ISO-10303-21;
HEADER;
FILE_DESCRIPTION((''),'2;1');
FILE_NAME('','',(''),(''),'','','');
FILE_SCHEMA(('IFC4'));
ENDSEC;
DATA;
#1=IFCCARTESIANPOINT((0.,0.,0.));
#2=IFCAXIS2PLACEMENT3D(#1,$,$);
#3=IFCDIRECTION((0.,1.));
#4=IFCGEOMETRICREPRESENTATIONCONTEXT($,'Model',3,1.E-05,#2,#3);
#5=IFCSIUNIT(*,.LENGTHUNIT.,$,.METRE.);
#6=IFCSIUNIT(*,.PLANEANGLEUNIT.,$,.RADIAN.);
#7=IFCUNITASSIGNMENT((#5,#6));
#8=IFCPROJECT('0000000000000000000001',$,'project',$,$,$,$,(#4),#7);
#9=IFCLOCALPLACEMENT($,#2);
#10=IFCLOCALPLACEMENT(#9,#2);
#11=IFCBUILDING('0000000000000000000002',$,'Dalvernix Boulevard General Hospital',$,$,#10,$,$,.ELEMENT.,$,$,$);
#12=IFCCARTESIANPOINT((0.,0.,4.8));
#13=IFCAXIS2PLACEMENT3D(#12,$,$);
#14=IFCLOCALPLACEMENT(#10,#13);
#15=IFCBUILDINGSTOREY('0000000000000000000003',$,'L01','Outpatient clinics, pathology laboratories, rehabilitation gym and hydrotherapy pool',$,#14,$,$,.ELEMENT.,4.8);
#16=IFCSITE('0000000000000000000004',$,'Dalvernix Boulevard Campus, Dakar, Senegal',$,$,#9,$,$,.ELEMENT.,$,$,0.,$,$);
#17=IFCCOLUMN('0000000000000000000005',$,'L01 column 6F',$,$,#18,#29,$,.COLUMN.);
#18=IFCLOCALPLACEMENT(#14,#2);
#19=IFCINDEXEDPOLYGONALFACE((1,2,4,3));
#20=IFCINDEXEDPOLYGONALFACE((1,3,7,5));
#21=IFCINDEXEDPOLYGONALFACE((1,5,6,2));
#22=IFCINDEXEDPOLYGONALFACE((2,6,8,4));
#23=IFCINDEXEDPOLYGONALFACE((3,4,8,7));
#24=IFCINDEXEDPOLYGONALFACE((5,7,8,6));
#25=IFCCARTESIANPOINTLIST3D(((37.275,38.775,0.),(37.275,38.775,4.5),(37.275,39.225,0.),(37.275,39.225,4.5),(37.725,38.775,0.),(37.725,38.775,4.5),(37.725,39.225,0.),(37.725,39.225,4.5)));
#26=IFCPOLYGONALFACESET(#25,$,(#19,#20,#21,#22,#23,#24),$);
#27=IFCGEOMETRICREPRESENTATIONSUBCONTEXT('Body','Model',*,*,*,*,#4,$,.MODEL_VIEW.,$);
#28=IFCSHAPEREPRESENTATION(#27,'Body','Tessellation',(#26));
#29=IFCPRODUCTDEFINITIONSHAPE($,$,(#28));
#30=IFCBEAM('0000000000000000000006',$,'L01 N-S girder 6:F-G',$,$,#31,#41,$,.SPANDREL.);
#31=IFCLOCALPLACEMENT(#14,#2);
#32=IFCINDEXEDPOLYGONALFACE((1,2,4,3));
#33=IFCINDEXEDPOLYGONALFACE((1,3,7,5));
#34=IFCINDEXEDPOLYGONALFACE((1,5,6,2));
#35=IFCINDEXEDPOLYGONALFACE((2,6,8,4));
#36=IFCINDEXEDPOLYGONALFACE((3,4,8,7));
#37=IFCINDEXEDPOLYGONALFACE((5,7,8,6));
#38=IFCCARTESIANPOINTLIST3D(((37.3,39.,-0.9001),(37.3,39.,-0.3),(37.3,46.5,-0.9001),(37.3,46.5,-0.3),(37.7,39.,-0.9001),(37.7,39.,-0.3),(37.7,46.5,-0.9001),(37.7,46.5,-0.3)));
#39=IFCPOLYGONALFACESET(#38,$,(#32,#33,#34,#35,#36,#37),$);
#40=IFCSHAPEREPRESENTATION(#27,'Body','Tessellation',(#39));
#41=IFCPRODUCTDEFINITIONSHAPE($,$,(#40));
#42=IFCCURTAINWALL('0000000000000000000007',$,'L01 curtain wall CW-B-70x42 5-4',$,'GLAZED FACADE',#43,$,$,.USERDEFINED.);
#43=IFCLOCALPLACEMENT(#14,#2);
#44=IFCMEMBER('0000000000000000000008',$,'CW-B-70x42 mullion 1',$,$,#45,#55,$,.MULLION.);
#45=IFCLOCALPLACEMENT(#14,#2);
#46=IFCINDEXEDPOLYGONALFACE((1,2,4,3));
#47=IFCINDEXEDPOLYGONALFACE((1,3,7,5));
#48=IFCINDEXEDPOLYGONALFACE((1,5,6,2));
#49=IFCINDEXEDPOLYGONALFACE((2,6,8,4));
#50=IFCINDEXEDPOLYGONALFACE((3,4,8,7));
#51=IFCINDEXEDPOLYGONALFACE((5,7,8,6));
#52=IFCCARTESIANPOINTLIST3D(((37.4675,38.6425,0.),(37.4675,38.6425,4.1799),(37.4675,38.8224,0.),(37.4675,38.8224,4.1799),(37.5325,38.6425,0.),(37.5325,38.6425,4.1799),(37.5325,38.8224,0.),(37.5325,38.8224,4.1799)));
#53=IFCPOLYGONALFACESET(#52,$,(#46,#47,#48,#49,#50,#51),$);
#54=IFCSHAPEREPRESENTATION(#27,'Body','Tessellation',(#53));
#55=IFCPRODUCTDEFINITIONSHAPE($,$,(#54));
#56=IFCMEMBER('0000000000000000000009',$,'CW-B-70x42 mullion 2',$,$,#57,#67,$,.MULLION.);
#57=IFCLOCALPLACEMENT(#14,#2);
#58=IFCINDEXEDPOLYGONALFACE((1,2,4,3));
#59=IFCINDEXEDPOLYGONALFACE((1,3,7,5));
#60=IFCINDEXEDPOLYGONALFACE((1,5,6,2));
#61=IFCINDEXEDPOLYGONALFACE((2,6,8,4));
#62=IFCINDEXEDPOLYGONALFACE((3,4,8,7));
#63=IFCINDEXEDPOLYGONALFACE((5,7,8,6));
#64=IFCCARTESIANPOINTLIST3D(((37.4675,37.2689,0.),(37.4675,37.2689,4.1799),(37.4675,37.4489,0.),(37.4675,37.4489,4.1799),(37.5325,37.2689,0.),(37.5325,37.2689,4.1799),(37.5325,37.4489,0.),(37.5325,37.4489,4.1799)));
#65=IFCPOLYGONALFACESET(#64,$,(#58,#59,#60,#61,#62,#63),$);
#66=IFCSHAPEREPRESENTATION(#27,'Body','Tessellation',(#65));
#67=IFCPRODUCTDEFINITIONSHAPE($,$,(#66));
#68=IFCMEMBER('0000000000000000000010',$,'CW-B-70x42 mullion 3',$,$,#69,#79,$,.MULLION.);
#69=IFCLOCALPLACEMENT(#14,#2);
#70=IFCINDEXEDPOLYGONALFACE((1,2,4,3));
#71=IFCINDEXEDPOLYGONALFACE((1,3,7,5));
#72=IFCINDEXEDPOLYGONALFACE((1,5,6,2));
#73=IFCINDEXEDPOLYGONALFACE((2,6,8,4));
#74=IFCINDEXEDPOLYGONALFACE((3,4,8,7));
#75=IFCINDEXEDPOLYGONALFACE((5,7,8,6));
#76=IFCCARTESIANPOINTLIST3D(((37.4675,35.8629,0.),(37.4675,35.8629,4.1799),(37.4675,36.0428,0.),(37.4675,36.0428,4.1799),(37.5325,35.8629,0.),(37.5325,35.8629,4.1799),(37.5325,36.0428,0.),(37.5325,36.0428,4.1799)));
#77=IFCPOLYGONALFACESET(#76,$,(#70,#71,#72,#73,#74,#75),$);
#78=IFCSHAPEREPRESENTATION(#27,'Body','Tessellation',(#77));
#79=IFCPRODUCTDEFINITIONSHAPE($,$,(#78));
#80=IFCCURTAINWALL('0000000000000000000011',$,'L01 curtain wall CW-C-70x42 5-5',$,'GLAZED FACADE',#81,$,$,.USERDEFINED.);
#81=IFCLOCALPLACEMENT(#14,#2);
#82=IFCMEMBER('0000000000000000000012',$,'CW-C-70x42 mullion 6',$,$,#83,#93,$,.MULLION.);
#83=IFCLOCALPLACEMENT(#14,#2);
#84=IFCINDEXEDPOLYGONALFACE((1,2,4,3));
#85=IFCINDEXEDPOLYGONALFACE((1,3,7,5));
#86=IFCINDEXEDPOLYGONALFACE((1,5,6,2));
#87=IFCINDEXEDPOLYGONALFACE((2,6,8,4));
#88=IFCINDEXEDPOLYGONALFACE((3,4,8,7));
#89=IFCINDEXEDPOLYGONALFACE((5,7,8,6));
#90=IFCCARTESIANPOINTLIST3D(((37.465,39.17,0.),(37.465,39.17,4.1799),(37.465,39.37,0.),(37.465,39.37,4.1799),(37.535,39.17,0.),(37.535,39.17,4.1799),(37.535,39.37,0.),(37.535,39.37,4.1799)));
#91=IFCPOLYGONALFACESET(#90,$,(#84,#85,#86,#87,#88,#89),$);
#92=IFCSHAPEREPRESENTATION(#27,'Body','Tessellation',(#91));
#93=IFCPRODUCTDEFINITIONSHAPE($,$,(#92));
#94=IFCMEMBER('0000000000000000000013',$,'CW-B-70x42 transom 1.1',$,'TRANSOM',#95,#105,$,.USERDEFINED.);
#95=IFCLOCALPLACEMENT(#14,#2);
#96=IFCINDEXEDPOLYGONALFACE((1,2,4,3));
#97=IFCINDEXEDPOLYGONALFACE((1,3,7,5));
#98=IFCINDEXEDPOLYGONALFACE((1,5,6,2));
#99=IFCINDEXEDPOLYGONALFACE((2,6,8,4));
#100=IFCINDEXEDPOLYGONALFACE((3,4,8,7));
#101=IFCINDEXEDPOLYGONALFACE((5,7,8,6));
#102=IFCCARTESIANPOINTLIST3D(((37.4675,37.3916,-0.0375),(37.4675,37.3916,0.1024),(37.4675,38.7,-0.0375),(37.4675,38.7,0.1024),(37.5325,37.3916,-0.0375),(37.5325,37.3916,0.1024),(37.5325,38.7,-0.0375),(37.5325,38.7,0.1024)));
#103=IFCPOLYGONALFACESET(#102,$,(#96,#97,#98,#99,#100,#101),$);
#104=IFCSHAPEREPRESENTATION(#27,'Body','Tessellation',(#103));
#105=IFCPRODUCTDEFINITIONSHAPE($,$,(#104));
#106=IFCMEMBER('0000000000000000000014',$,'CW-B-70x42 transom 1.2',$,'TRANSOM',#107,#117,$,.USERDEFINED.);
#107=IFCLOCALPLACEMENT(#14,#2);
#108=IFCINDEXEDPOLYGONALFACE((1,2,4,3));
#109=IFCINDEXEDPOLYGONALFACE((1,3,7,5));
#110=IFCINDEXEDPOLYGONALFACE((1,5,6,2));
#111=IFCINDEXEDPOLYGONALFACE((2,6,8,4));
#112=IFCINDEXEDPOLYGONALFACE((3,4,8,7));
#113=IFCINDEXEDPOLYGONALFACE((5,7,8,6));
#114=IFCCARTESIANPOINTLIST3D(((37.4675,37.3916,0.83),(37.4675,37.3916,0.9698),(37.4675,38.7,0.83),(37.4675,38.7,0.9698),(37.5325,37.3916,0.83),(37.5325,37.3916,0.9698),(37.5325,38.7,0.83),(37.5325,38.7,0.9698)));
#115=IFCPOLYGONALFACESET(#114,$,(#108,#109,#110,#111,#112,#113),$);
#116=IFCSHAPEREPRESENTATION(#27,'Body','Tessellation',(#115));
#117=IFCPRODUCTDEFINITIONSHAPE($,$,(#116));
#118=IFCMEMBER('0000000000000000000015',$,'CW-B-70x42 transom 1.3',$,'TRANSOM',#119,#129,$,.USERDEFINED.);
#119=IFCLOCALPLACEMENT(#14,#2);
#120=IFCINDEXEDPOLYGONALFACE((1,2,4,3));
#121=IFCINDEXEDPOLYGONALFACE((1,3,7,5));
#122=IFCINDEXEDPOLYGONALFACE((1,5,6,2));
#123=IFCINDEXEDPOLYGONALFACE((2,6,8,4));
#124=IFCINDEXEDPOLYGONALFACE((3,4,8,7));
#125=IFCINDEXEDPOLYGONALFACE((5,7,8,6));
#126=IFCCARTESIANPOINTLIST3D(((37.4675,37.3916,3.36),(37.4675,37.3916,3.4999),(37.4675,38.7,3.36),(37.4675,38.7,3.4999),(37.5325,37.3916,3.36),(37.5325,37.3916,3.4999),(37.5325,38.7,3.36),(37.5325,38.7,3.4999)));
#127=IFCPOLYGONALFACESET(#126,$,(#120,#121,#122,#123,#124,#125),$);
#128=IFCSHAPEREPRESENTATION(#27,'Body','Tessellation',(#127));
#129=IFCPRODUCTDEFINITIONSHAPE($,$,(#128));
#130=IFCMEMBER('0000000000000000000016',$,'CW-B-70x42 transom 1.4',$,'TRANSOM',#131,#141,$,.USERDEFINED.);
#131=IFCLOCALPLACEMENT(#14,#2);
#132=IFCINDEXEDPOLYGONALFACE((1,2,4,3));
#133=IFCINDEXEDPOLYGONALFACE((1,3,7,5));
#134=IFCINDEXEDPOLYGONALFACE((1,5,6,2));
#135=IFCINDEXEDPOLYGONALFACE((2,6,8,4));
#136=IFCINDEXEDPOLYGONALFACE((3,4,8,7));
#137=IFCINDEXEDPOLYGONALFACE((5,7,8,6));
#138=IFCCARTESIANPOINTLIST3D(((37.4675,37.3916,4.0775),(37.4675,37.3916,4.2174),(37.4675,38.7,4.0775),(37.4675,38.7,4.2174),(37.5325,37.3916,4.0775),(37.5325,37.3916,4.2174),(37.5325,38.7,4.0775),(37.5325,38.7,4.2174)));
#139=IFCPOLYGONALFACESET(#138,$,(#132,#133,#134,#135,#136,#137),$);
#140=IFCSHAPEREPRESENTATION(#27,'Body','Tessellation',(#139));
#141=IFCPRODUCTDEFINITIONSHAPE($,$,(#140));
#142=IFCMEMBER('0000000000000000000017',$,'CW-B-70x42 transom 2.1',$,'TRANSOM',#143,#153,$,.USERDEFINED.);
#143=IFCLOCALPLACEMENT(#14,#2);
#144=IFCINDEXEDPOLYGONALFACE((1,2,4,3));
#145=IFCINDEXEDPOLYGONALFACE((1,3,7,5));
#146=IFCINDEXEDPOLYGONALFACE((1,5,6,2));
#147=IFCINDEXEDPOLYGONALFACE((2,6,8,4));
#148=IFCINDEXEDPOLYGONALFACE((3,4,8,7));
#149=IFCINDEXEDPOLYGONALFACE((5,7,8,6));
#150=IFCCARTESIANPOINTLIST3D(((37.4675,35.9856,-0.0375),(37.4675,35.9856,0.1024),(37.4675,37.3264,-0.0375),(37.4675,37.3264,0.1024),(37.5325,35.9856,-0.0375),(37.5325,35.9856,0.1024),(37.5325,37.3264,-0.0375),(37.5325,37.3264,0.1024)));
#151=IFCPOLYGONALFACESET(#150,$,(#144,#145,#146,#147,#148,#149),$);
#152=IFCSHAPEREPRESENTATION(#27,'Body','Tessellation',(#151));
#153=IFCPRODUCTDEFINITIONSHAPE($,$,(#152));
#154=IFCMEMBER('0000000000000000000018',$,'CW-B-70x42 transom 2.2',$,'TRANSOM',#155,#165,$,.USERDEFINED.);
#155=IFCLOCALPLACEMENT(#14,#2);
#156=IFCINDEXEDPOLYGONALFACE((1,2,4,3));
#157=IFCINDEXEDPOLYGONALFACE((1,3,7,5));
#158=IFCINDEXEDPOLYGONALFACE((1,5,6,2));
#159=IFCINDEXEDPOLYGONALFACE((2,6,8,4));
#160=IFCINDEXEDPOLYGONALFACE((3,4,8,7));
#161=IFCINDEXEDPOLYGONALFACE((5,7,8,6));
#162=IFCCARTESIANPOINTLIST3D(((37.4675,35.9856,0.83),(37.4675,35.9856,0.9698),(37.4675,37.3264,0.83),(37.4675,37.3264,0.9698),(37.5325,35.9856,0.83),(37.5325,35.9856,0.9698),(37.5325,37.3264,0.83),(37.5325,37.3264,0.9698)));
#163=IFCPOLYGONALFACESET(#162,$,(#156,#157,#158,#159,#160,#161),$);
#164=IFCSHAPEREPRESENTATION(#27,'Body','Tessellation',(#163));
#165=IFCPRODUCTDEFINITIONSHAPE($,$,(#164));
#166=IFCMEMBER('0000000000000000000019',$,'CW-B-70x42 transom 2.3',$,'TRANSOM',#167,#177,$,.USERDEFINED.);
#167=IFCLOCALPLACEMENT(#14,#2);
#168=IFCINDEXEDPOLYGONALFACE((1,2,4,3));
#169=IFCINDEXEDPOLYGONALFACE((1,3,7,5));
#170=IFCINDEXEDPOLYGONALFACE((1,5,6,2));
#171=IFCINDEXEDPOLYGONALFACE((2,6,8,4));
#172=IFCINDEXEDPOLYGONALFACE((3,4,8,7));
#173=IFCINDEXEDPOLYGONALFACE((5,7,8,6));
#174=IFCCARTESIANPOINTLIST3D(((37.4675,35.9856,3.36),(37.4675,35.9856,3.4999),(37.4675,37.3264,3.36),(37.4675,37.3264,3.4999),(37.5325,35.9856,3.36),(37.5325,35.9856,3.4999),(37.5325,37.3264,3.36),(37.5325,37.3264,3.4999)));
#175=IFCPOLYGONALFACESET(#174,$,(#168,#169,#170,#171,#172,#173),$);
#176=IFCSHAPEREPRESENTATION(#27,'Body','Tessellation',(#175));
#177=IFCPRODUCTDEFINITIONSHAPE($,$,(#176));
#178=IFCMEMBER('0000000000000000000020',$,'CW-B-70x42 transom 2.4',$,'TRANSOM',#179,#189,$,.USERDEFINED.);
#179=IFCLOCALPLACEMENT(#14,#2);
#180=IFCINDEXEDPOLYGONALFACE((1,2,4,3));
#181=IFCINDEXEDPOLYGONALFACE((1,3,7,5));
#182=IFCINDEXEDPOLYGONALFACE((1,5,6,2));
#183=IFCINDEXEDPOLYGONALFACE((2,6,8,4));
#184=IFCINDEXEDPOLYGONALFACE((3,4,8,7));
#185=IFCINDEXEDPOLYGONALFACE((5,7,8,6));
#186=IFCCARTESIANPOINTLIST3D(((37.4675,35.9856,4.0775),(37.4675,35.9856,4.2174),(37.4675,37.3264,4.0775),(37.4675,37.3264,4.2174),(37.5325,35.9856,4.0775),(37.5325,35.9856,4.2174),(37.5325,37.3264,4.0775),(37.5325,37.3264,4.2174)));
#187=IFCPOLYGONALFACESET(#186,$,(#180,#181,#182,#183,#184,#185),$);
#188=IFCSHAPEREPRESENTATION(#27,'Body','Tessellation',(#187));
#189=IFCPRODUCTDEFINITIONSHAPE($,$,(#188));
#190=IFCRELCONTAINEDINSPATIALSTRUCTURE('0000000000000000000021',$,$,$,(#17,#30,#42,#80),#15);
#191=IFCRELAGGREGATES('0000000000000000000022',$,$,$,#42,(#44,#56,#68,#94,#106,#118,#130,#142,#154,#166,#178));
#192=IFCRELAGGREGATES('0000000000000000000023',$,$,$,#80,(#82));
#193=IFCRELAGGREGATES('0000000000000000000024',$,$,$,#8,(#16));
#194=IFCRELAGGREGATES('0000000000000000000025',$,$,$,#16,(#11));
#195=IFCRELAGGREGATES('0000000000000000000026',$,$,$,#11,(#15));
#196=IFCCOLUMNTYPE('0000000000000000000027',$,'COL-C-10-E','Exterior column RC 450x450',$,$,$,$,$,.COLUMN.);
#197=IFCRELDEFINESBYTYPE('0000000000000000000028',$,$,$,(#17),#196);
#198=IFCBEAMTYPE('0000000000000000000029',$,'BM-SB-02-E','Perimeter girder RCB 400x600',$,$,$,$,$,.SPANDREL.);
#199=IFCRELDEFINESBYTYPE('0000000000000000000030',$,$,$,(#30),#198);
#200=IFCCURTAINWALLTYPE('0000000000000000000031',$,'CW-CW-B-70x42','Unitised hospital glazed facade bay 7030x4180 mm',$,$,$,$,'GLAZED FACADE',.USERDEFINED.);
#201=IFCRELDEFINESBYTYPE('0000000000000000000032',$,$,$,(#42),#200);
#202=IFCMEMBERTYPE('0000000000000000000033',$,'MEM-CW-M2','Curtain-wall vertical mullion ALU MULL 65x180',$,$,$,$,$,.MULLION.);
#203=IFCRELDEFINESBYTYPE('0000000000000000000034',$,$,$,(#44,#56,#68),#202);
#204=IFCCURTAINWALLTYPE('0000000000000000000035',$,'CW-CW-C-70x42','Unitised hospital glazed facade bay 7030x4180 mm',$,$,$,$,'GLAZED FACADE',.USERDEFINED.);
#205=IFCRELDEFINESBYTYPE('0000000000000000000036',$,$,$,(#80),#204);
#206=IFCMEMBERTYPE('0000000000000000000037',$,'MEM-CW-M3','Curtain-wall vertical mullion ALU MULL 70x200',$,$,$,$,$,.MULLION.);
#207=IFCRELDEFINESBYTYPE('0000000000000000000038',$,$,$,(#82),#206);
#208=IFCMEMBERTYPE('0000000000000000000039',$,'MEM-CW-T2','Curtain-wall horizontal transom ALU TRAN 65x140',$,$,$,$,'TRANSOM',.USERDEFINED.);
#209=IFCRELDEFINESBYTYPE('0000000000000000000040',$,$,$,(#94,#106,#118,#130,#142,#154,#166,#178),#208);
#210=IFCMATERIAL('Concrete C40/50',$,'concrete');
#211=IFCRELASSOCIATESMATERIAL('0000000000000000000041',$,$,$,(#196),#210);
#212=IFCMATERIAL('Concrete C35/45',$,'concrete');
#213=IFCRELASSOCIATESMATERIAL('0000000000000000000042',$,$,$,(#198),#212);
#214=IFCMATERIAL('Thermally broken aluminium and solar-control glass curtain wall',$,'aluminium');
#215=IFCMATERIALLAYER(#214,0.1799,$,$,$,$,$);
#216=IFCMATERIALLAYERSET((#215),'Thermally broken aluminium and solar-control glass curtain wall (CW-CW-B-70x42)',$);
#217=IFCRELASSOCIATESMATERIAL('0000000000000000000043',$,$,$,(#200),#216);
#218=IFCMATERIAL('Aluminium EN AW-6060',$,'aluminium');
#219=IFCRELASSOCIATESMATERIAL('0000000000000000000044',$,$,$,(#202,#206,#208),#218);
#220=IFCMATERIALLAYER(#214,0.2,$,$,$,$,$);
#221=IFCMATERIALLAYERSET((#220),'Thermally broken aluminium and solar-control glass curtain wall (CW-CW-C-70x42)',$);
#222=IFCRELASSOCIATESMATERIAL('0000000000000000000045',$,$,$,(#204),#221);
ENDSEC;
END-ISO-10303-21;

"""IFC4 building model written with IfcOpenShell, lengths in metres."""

from ifc_helpers import new_model, si_unit, direction, frame, origin, origin_2d, place, context, subcontext, project, spatial, rectangle, extrude, material, layer, layer_set, material_profile, profile_set, type_object, element, aggregate, save


model = new_model("IFC4")

# Units and contexts
model_context = context("Model", 3, precision=1e-05, world=origin(), true_north=direction((0.0, 1.0)))
body_context = subcontext(model_context, "Body", "Model", "MODEL_VIEW")
ifc_project = project(units=[si_unit("LENGTHUNIT", "METRE"), si_unit("PLANEANGLEUNIT", "RADIAN")], contexts=[model_context])

# Site, building, storey
site_placement = place(None, origin())
site = spatial("IfcSite", under=ifc_project, at=site_placement, Name="Dalvernix Boulevard Campus, Dakar, Senegal", CompositionType="ELEMENT", RefElevation=0.0)
building_placement = place(site_placement, origin())
building = spatial("IfcBuilding", under=site, at=building_placement, Name="Dalvernix Boulevard General Hospital", CompositionType="ELEMENT")
storey_placement = place(building_placement, frame((0.0, 0.0, 4.8)))
storey = spatial("IfcBuildingStorey", under=building, at=storey_placement, Name="L01", Description="Outpatient clinics, pathology laboratories, rehabilitation gym and hydrotherapy pool", CompositionType="ELEMENT", Elevation=4.8)

# Column
ifc_material_1 = material(Name="Concrete C40/50", Category="concrete")
ifc_material_profile_1 = material_profile(ifc_material_1, rectangle(XDim=0.45, YDim=0.45, at=origin_2d()), Name="RC 450x450")
ifc_profile_set_1 = profile_set([ifc_material_profile_1], Name="Concrete C40/50")
column_type = type_object("IfcColumnType", Name="COL-C-10-E", Description="Exterior column RC 450x450", PredefinedType="COLUMN", material=ifc_profile_set_1)
column_placement = place(storey_placement, frame((37.5, 39.0, 0.0), z_axis=(0.0, 0.0, 1.0), x_axis=(1.0, 0.0, 0.0)))
element("IfcColumn", 1, at=column_placement, inside=storey, type_object=column_type, Name="L01 column 6F", PredefinedType="COLUMN", context=body_context, shape_type="SweptSolid", body=[
    extrude(rectangle(XDim=0.45, YDim=0.45, at=origin_2d()), origin(), (0.0, 0.0, 1.0), 4.5),
])

# Beam
ifc_material_2 = material(Name="Concrete C35/45", Category="concrete")
ifc_material_profile_2 = material_profile(ifc_material_2, rectangle(XDim=0.3999, YDim=0.6001, at=origin_2d()), Name="RCB 400x600")
ifc_profile_set_2 = profile_set([ifc_material_profile_2], Name="Concrete C35/45")
beam_type = type_object("IfcBeamType", Name="BM-SB-02-E", Description="Perimeter girder RCB 400x600", PredefinedType="SPANDREL", material=ifc_profile_set_2)
beam_placement = place(storey_placement, frame((37.5, 39.0, -0.6001), z_axis=(0.0, 1.0, 0.0), x_axis=(-1.0, 0.0, 0.0)))
element("IfcBeam", 2, at=beam_placement, inside=storey, type_object=beam_type, Name="L01 N-S girder 6:F-G", PredefinedType="SPANDREL", context=body_context, shape_type="SweptSolid", body=[
    extrude(rectangle(XDim=0.3999, YDim=0.6001, at=origin_2d()), origin(), (0.0, 0.0, 1.0), 7.5),
])

# Curtain wall, members
ifc_material_3 = material(Name="Thermally broken aluminium and solar-control glass curtain wall", Category="aluminium")
ifc_layer_1 = layer(ifc_material_3, 0.1799)
ifc_layer_set_1 = layer_set([ifc_layer_1], Name="Thermally broken aluminium and solar-control glass curtain wall (CW-CW-B-70x42)")
curtain_wall_type_1 = type_object("IfcCurtainWallType", Name="CW-CW-B-70x42", Description="Unitised hospital glazed facade bay 7030x4180 mm", ElementType="GLAZED FACADE", PredefinedType="USERDEFINED", material=ifc_layer_set_1)
curtain_wall_1_placement = place(storey_placement, origin())
curtain_wall_1 = element("IfcCurtainWall", 3, at=curtain_wall_1_placement, inside=storey, type_object=curtain_wall_type_1, Name="L01 curtain wall CW-B-70x42 5-4", ObjectType="GLAZED FACADE", PredefinedType="USERDEFINED")
ifc_material_4 = material(Name="Aluminium EN AW-6060", Category="aluminium")
ifc_material_profile_3 = material_profile(ifc_material_4, rectangle(XDim=0.0649, YDim=0.1799, at=origin_2d()), Name="ALU MULL 65x180")
ifc_profile_set_3 = profile_set([ifc_material_profile_3], Name="Aluminium EN AW-6060")
member_type_1 = type_object("IfcMemberType", Name="MEM-CW-M2", Description="Curtain-wall vertical mullion ALU MULL 65x180", PredefinedType="MULLION", material=ifc_profile_set_3)
member_1_placement = place(storey_placement, frame((37.5, 38.7324, 0.0), z_axis=(0.0, 0.0, 1.0), x_axis=(1.0, 0.0, 0.0)))
member_1 = element("IfcMember", 4, at=member_1_placement, type_object=member_type_1, Name="CW-B-70x42 mullion 1", PredefinedType="MULLION", context=body_context, shape_type="SweptSolid", body=[
    extrude(rectangle(XDim=0.0649, YDim=0.1799, at=origin_2d()), origin(), (0.0, 0.0, 1.0), 4.1799),
])
member_2_placement = place(storey_placement, frame((37.5, 37.3589, 0.0), z_axis=(0.0, 0.0, 1.0), x_axis=(1.0, 0.0, 0.0)))
member_2 = element("IfcMember", 5, at=member_2_placement, type_object=member_type_1, Name="CW-B-70x42 mullion 2", PredefinedType="MULLION", context=body_context, shape_type="SweptSolid", body=[
    extrude(rectangle(XDim=0.0649, YDim=0.1799, at=origin_2d()), origin(), (0.0, 0.0, 1.0), 4.1799),
])
member_3_placement = place(storey_placement, frame((37.5, 35.9529, 0.0), z_axis=(0.0, 0.0, 1.0), x_axis=(1.0, 0.0, 0.0)))
member_3 = element("IfcMember", 6, at=member_3_placement, type_object=member_type_1, Name="CW-B-70x42 mullion 3", PredefinedType="MULLION", context=body_context, shape_type="SweptSolid", body=[
    extrude(rectangle(XDim=0.0649, YDim=0.1799, at=origin_2d()), origin(), (0.0, 0.0, 1.0), 4.1799),
])

# Curtain wall, member
ifc_layer_2 = layer(ifc_material_3, 0.2)
ifc_layer_set_2 = layer_set([ifc_layer_2], Name="Thermally broken aluminium and solar-control glass curtain wall (CW-CW-C-70x42)")
curtain_wall_type_2 = type_object("IfcCurtainWallType", Name="CW-CW-C-70x42", Description="Unitised hospital glazed facade bay 7030x4180 mm", ElementType="GLAZED FACADE", PredefinedType="USERDEFINED", material=ifc_layer_set_2)
curtain_wall_2_placement = place(storey_placement, origin())
curtain_wall_2 = element("IfcCurtainWall", 7, at=curtain_wall_2_placement, inside=storey, type_object=curtain_wall_type_2, Name="L01 curtain wall CW-C-70x42 5-5", ObjectType="GLAZED FACADE", PredefinedType="USERDEFINED")
ifc_material_profile_4 = material_profile(ifc_material_4, rectangle(XDim=0.0701, YDim=0.2, at=origin_2d()), Name="ALU MULL 70x200")
ifc_profile_set_4 = profile_set([ifc_material_profile_4], Name="Aluminium EN AW-6060")
member_type_2 = type_object("IfcMemberType", Name="MEM-CW-M3", Description="Curtain-wall vertical mullion ALU MULL 70x200", PredefinedType="MULLION", material=ifc_profile_set_4)
member_4_placement = place(storey_placement, frame((37.5, 39.27, 0.0), z_axis=(0.0, 0.0, 1.0), x_axis=(1.0, 0.0, 0.0)))
member_4 = element("IfcMember", 8, at=member_4_placement, type_object=member_type_2, Name="CW-C-70x42 mullion 6", PredefinedType="MULLION", context=body_context, shape_type="SweptSolid", body=[
    extrude(rectangle(XDim=0.0701, YDim=0.2, at=origin_2d()), origin(), (0.0, 0.0, 1.0), 4.1799),
])

# Members
ifc_material_profile_5 = material_profile(ifc_material_4, rectangle(XDim=0.0649, YDim=0.1399, at=origin_2d()), Name="ALU TRAN 65x140")
ifc_profile_set_5 = profile_set([ifc_material_profile_5], Name="Aluminium EN AW-6060")
member_type_3 = type_object("IfcMemberType", Name="MEM-CW-T2", Description="Curtain-wall horizontal transom ALU TRAN 65x140", ElementType="TRANSOM", PredefinedType="USERDEFINED", material=ifc_profile_set_5)
member_5_placement = place(storey_placement, frame((37.5, 38.7, 0.0325), z_axis=(0.0, -1.0, 0.0), x_axis=(1.0, 0.0, 0.0)))
member_5 = element("IfcMember", 9, at=member_5_placement, type_object=member_type_3, Name="CW-B-70x42 transom 1.1", ObjectType="TRANSOM", PredefinedType="USERDEFINED", context=body_context, shape_type="SweptSolid", body=[
    extrude(rectangle(XDim=0.0649, YDim=0.1399, at=origin_2d()), origin(), (0.0, 0.0, 1.0), 1.3083),
])
member_6_placement = place(storey_placement, frame((37.5, 38.7, 0.8999), z_axis=(0.0, -1.0, 0.0), x_axis=(1.0, 0.0, 0.0)))
member_6 = element("IfcMember", 10, at=member_6_placement, type_object=member_type_3, Name="CW-B-70x42 transom 1.2", ObjectType="TRANSOM", PredefinedType="USERDEFINED", context=body_context, shape_type="SweptSolid", body=[
    extrude(rectangle(XDim=0.0649, YDim=0.1399, at=origin_2d()), origin(), (0.0, 0.0, 1.0), 1.3083),
])
member_7_placement = place(storey_placement, frame((37.5, 38.7, 3.4299), z_axis=(0.0, -1.0, 0.0), x_axis=(1.0, 0.0, 0.0)))
member_7 = element("IfcMember", 11, at=member_7_placement, type_object=member_type_3, Name="CW-B-70x42 transom 1.3", ObjectType="TRANSOM", PredefinedType="USERDEFINED", context=body_context, shape_type="SweptSolid", body=[
    extrude(rectangle(XDim=0.0649, YDim=0.1399, at=origin_2d()), origin(), (0.0, 0.0, 1.0), 1.3083),
])
member_8_placement = place(storey_placement, frame((37.5, 38.7, 4.1475), z_axis=(0.0, -1.0, 0.0), x_axis=(1.0, 0.0, 0.0)))
member_8 = element("IfcMember", 12, at=member_8_placement, type_object=member_type_3, Name="CW-B-70x42 transom 1.4", ObjectType="TRANSOM", PredefinedType="USERDEFINED", context=body_context, shape_type="SweptSolid", body=[
    extrude(rectangle(XDim=0.0649, YDim=0.1399, at=origin_2d()), origin(), (0.0, 0.0, 1.0), 1.3083),
])
member_9_placement = place(storey_placement, frame((37.5, 37.3264, 0.0325), z_axis=(0.0, -1.0, 0.0), x_axis=(1.0, 0.0, 0.0)))
member_9 = element("IfcMember", 13, at=member_9_placement, type_object=member_type_3, Name="CW-B-70x42 transom 2.1", ObjectType="TRANSOM", PredefinedType="USERDEFINED", context=body_context, shape_type="SweptSolid", body=[
    extrude(rectangle(XDim=0.0649, YDim=0.1399, at=origin_2d()), origin(), (0.0, 0.0, 1.0), 1.3408),
])
member_10_placement = place(storey_placement, frame((37.5, 37.3264, 0.8999), z_axis=(0.0, -1.0, 0.0), x_axis=(1.0, 0.0, 0.0)))
member_10 = element("IfcMember", 14, at=member_10_placement, type_object=member_type_3, Name="CW-B-70x42 transom 2.2", ObjectType="TRANSOM", PredefinedType="USERDEFINED", context=body_context, shape_type="SweptSolid", body=[
    extrude(rectangle(XDim=0.0649, YDim=0.1399, at=origin_2d()), origin(), (0.0, 0.0, 1.0), 1.3408),
])
member_11_placement = place(storey_placement, frame((37.5, 37.3264, 3.4299), z_axis=(0.0, -1.0, 0.0), x_axis=(1.0, 0.0, 0.0)))
member_11 = element("IfcMember", 15, at=member_11_placement, type_object=member_type_3, Name="CW-B-70x42 transom 2.3", ObjectType="TRANSOM", PredefinedType="USERDEFINED", context=body_context, shape_type="SweptSolid", body=[
    extrude(rectangle(XDim=0.0649, YDim=0.1399, at=origin_2d()), origin(), (0.0, 0.0, 1.0), 1.3408),
])
member_12_placement = place(storey_placement, frame((37.5, 37.3264, 4.1475), z_axis=(0.0, -1.0, 0.0), x_axis=(1.0, 0.0, 0.0)))
member_12 = element("IfcMember", 16, at=member_12_placement, type_object=member_type_3, Name="CW-B-70x42 transom 2.4", ObjectType="TRANSOM", PredefinedType="USERDEFINED", context=body_context, shape_type="SweptSolid", body=[
    extrude(rectangle(XDim=0.0649, YDim=0.1399, at=origin_2d()), origin(), (0.0, 0.0, 1.0), 1.3408),
])

aggregate(curtain_wall_1, [member_1, member_2, member_3, member_5, member_6, member_7, member_8, member_9, member_10, member_11, member_12])
aggregate(curtain_wall_2, [member_4])

save(model, "model.ifc")
